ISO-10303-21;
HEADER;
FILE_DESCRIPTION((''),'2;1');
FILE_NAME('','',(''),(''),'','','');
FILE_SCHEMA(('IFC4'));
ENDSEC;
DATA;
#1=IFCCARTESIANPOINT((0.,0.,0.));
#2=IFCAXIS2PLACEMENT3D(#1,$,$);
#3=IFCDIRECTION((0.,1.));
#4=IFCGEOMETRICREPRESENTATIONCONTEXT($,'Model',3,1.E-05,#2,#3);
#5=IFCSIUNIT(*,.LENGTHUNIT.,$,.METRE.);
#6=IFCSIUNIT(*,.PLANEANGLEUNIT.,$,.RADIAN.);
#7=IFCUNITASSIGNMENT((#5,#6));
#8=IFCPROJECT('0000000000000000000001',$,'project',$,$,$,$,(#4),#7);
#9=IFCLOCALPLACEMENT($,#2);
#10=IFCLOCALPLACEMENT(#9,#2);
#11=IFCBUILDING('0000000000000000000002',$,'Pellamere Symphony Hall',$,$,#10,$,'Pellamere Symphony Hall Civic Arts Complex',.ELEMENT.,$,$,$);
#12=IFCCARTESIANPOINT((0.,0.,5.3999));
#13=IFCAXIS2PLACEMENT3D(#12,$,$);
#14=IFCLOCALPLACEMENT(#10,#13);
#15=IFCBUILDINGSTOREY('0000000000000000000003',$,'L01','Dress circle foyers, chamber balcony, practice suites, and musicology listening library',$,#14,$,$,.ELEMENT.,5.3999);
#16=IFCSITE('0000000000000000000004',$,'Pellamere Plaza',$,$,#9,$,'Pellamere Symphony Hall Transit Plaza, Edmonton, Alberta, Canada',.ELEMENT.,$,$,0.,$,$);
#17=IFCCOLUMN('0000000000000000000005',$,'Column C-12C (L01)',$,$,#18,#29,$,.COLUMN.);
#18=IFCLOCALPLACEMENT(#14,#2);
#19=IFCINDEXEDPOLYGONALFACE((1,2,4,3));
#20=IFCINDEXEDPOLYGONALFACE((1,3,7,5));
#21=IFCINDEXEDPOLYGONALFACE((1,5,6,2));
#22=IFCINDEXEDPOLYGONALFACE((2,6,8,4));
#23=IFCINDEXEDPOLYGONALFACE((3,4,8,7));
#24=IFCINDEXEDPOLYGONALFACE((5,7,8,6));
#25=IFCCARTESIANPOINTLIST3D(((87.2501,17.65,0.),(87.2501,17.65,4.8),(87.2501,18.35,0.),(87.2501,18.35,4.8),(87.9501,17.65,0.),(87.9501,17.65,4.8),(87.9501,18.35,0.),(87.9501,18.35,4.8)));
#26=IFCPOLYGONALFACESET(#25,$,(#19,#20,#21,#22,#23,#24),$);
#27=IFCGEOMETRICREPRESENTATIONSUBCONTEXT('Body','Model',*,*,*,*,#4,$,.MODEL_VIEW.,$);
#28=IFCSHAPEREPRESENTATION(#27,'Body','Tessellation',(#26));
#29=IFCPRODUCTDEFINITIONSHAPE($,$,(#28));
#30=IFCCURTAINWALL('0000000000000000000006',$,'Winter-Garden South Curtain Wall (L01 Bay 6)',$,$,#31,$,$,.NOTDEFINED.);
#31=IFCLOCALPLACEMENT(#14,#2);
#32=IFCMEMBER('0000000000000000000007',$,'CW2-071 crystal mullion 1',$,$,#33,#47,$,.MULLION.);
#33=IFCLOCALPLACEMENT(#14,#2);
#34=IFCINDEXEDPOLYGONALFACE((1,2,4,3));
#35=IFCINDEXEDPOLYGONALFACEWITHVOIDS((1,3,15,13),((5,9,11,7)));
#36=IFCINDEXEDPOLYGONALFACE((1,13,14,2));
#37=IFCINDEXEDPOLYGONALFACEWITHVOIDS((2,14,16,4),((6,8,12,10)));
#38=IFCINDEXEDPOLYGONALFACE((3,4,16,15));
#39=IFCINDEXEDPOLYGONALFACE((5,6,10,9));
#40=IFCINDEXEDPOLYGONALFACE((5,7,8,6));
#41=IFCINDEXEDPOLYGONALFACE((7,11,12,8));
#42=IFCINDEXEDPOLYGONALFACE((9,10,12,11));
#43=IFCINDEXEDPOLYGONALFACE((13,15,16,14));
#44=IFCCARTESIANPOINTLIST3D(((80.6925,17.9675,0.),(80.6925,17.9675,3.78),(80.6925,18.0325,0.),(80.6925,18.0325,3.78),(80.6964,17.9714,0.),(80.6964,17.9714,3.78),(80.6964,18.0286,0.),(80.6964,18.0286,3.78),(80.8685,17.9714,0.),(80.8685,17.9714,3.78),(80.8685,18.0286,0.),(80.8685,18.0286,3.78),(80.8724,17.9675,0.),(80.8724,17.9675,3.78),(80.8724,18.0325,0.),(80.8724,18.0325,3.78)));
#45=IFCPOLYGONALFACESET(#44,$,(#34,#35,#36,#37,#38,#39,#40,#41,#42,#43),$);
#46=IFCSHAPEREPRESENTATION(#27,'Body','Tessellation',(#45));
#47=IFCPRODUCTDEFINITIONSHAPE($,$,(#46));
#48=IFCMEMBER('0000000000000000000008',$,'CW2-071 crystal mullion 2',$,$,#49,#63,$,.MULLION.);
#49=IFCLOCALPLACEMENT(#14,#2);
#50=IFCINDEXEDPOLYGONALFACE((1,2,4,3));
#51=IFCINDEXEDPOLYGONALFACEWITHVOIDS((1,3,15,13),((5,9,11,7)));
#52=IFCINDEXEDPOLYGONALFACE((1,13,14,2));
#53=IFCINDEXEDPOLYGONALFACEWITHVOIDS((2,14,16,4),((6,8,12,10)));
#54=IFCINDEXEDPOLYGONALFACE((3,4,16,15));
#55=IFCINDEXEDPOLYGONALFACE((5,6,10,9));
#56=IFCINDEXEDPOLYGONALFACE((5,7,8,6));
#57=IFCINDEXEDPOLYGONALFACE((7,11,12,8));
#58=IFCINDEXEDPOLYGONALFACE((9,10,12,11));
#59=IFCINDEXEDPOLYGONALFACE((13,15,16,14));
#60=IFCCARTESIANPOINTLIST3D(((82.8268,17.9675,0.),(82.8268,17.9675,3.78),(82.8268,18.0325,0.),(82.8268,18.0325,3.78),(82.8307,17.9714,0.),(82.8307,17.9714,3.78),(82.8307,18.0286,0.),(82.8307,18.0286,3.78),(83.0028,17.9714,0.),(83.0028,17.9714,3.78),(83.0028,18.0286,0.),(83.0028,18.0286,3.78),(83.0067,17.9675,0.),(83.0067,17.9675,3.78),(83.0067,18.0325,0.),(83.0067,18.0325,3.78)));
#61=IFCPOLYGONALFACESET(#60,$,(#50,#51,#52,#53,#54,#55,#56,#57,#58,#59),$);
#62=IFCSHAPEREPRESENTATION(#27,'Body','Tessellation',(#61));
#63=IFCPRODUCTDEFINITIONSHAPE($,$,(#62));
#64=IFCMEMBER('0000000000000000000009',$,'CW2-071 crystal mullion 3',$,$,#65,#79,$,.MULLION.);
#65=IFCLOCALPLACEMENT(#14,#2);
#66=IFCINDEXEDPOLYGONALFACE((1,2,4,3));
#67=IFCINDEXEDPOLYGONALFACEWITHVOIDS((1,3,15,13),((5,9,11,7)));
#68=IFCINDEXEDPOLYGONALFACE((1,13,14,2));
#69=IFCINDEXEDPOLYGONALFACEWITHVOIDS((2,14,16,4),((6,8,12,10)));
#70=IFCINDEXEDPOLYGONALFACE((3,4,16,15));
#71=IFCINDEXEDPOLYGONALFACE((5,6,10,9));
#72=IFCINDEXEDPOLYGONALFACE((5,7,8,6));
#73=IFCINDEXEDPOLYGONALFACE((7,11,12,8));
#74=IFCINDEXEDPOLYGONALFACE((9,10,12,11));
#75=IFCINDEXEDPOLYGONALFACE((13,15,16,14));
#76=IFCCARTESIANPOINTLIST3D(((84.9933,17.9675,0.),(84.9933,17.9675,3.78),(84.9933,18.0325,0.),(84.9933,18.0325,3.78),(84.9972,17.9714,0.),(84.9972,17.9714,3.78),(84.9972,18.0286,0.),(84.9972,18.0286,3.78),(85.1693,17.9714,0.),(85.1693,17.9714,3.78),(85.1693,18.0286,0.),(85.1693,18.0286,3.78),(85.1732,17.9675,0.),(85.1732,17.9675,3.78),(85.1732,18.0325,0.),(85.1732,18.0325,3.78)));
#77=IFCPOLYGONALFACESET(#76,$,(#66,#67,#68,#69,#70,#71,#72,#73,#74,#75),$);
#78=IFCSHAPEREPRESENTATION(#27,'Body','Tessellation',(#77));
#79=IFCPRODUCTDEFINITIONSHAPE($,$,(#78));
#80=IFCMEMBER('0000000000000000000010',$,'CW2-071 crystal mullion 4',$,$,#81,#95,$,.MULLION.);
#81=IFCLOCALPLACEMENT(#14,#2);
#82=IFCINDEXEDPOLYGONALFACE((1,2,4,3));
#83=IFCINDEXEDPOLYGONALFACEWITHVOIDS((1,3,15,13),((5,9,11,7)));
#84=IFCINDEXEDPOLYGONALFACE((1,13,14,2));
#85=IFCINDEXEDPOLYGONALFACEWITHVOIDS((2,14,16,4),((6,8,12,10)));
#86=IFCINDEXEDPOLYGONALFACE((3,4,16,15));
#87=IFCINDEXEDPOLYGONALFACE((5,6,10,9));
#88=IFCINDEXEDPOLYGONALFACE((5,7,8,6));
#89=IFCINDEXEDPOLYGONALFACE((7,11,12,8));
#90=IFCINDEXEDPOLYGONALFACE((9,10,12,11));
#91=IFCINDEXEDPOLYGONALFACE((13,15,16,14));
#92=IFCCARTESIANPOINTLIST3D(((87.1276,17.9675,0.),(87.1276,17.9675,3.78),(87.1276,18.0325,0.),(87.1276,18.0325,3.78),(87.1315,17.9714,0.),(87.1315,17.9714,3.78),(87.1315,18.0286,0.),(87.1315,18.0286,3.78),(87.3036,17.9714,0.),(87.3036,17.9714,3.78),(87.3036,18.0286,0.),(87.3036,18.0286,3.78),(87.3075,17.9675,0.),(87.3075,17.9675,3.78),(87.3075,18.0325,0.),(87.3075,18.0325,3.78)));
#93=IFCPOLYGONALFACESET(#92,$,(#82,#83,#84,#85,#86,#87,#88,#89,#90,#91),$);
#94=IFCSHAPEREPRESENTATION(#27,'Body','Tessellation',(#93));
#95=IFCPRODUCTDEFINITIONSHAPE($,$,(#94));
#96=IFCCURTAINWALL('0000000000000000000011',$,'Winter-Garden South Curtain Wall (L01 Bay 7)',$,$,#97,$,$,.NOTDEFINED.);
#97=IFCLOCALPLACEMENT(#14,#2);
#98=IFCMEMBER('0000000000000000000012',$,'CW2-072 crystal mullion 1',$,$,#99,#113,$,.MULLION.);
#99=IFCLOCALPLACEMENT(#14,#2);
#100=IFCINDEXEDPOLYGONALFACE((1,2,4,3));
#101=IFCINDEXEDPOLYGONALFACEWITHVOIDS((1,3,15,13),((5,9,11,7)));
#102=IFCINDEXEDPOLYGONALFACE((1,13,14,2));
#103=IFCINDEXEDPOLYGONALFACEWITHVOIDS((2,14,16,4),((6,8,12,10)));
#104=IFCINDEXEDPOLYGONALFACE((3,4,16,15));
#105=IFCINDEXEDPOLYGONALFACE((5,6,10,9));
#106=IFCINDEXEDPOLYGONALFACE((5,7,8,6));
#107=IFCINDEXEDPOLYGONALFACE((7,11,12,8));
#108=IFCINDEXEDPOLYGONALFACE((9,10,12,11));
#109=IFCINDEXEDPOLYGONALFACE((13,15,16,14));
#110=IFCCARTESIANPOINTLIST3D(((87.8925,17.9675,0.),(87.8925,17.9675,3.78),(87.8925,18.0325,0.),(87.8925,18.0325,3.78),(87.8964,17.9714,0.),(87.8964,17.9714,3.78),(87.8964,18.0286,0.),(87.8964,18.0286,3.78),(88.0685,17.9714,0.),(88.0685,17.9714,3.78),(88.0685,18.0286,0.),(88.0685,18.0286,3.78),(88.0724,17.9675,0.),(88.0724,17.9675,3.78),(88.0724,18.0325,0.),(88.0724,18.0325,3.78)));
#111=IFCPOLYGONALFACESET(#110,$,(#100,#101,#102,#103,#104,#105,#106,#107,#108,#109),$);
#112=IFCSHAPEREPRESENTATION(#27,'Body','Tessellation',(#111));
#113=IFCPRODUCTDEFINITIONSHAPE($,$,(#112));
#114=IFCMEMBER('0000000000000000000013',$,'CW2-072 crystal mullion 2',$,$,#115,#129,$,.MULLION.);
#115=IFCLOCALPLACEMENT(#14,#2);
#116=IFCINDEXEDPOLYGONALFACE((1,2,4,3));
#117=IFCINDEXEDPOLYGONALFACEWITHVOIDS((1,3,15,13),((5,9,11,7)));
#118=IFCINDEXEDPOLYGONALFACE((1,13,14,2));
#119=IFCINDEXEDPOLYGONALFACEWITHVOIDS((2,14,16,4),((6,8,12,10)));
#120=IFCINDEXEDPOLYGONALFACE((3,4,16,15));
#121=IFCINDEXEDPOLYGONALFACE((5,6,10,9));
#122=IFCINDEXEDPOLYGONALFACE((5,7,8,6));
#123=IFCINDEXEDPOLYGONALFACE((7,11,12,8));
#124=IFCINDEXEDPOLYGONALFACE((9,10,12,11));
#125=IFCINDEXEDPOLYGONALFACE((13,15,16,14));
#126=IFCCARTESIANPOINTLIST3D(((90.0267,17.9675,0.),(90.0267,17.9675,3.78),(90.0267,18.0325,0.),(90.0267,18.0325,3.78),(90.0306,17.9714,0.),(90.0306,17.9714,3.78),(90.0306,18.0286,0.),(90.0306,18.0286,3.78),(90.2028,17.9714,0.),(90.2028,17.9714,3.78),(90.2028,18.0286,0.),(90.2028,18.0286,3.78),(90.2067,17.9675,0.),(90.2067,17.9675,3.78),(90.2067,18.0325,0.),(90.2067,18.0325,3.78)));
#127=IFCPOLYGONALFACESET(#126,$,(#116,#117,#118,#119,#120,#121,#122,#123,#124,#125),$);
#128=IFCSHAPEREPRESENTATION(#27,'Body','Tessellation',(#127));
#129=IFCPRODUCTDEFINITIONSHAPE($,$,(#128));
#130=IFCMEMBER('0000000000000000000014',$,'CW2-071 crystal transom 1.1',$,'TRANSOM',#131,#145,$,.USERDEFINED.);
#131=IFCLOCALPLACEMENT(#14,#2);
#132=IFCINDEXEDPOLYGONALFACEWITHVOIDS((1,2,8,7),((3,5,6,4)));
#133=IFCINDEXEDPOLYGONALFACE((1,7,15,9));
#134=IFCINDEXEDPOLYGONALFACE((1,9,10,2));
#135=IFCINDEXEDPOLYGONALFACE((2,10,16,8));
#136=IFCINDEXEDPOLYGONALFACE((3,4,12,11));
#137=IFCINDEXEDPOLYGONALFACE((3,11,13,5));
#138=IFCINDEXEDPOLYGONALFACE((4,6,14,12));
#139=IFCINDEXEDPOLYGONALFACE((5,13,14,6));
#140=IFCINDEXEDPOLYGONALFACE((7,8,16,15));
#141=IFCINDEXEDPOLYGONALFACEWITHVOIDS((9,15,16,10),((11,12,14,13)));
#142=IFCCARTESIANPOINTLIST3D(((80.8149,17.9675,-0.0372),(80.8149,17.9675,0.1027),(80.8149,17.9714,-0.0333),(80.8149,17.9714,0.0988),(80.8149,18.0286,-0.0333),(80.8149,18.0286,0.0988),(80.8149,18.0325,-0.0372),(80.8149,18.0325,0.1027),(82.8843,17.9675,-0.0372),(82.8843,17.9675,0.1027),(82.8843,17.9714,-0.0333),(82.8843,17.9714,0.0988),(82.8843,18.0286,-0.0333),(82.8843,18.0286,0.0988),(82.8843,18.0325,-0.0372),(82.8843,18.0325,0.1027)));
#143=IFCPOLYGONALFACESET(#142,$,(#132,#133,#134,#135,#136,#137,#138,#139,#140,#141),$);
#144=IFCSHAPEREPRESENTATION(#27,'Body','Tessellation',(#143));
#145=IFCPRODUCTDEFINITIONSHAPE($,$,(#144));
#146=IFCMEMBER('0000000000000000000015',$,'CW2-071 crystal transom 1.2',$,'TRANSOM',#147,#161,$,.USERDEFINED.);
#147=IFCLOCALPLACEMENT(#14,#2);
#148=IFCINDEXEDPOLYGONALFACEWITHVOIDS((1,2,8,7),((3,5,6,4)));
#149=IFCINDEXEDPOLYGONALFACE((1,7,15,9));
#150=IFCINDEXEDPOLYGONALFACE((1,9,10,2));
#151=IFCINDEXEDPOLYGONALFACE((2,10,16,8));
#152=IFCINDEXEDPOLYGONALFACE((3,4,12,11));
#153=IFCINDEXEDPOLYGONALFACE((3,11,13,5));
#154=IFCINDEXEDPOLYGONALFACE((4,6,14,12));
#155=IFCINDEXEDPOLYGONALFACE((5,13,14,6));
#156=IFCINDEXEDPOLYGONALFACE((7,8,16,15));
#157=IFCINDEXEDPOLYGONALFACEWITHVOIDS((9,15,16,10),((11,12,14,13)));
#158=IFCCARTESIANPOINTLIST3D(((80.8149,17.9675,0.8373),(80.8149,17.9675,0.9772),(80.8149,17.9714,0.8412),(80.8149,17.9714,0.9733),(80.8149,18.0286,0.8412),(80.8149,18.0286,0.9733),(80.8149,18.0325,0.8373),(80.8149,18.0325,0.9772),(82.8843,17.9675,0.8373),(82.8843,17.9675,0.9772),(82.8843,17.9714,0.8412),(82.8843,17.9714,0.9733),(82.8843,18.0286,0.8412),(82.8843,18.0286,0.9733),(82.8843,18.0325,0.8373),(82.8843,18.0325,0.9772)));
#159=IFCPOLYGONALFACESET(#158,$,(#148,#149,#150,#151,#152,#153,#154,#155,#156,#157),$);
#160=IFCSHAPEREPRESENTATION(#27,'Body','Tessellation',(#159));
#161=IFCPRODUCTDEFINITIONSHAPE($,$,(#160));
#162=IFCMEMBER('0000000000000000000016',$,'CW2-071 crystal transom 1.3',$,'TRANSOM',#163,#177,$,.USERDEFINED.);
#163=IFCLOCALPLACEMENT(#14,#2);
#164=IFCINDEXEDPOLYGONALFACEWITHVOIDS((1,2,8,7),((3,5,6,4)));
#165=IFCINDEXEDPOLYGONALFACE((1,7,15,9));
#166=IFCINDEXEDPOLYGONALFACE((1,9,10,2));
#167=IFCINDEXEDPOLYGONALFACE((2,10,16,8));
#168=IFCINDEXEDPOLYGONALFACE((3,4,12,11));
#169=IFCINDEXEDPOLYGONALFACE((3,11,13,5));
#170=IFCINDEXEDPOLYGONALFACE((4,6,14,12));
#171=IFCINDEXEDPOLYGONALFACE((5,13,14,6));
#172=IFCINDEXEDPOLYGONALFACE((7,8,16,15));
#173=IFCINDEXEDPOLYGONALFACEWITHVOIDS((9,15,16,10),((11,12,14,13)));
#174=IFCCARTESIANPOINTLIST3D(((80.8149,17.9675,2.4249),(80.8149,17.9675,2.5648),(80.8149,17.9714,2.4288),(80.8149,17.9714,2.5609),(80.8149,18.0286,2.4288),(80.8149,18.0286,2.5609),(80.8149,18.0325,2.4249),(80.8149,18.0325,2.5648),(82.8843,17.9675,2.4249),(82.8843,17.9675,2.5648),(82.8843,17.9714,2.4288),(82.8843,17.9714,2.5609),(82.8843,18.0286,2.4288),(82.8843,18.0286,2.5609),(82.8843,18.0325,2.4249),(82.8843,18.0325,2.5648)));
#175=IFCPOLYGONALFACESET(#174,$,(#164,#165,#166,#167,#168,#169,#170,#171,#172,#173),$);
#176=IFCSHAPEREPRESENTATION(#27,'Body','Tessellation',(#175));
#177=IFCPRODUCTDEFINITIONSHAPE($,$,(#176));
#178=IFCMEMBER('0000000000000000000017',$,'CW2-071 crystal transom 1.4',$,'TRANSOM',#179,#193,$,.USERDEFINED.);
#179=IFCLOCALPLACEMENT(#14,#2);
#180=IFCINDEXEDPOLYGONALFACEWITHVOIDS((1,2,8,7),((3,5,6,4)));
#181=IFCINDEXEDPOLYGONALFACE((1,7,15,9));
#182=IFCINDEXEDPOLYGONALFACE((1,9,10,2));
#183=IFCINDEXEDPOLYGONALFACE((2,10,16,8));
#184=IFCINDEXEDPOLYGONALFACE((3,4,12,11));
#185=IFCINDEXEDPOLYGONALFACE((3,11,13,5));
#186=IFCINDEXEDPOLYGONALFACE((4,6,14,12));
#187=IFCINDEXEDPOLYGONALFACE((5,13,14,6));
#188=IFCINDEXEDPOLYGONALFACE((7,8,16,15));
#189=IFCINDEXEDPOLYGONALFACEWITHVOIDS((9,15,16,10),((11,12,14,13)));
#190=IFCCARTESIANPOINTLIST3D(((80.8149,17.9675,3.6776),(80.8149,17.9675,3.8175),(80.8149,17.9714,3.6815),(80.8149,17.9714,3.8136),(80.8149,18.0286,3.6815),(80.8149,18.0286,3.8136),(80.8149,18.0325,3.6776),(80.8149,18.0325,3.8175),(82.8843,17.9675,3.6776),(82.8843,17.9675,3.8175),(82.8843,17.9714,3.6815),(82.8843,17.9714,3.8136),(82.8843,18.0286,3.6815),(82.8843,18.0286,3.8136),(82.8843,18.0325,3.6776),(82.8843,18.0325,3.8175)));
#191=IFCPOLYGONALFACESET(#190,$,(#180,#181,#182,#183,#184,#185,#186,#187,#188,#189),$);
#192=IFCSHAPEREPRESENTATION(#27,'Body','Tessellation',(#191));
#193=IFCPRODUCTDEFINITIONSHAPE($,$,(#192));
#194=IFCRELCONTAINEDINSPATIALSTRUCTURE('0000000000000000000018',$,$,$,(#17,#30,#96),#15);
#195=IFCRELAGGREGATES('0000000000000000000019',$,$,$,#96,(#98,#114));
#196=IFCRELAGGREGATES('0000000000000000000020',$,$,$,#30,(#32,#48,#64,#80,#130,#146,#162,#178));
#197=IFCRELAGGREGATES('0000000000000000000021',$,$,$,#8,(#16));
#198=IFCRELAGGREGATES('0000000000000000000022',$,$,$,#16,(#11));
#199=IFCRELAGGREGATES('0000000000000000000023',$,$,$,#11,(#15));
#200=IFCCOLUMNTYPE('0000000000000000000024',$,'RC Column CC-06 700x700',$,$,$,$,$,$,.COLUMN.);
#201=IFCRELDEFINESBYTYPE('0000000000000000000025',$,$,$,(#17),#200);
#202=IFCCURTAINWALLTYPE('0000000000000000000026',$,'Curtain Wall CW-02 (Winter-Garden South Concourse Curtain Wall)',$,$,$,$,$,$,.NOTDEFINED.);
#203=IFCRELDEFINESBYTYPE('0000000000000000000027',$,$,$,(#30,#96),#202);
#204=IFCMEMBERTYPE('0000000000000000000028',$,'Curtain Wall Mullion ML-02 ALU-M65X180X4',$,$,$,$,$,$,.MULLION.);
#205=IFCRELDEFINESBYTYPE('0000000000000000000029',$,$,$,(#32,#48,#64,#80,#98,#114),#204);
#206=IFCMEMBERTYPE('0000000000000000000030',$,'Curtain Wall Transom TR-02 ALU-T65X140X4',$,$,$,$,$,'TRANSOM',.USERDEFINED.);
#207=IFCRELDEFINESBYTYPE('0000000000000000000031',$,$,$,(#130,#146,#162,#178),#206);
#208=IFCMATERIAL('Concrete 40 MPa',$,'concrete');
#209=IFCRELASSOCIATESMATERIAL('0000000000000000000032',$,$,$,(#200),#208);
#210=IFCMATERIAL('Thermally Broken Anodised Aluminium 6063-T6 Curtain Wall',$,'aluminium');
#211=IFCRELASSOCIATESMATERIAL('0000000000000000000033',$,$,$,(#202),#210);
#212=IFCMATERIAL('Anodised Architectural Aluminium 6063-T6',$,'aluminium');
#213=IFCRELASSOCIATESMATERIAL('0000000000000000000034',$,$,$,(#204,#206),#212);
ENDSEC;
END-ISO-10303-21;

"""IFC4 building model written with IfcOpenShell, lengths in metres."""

from ifc_helpers import new_model, si_unit, direction, frame, origin, origin_2d, place, context, subcontext, project, spatial, rectangle, hollow_rectangle, extrude, material, material_profile, profile_set, type_object, element, aggregate, save


model = new_model("IFC4")

# Units and contexts
model_context = context("Model", 3, precision=1e-05, world=origin(), true_north=direction((0.0, 1.0)))
body_context = subcontext(model_context, "Body", "Model", "MODEL_VIEW")
ifc_project = project(units=[si_unit("LENGTHUNIT", "METRE"), si_unit("PLANEANGLEUNIT", "RADIAN")], contexts=[model_context])

# Site, building, storey
site_placement = place(None, origin())
site = spatial("IfcSite", under=ifc_project, at=site_placement, Name="Pellamere Plaza", LongName="Pellamere Symphony Hall Transit Plaza, Edmonton, Alberta, Canada", CompositionType="ELEMENT", RefElevation=0.0)
building_placement = place(site_placement, origin())
building = spatial("IfcBuilding", under=site, at=building_placement, Name="Pellamere Symphony Hall", LongName="Pellamere Symphony Hall Civic Arts Complex", CompositionType="ELEMENT")
storey_placement = place(building_placement, frame((0.0, 0.0, 5.3999)))
storey = spatial("IfcBuildingStorey", under=building, at=storey_placement, Name="L01", Description="Dress circle foyers, chamber balcony, practice suites, and musicology listening library", CompositionType="ELEMENT", Elevation=5.3999)

# Column
ifc_material_1 = material(Name="Concrete 40 MPa", Category="concrete")
ifc_material_profile_1 = material_profile(ifc_material_1, rectangle(XDim=0.7, YDim=0.7, at=origin_2d()), Name="RC 700x700")
ifc_profile_set_1 = profile_set([ifc_material_profile_1], Name="Concrete 40 MPa")
column_type = type_object("IfcColumnType", Name="RC Column CC-06 700x700", PredefinedType="COLUMN", material=ifc_profile_set_1)
column_placement = place(storey_placement, frame((87.6001, 18.0, 0.0), z_axis=(0.0, 0.0, 1.0), x_axis=(1.0, 0.0, 0.0)))
element("IfcColumn", 1, at=column_placement, inside=storey, type_object=column_type, Name="Column C-12C (L01)", PredefinedType="COLUMN", context=body_context, shape_type="SweptSolid", body=[
    extrude(rectangle(XDim=0.7, YDim=0.7, at=origin_2d()), origin(), (0.0, 0.0, 1.0), 4.8),
])

# Curtain walls, members
ifc_material_2 = material(Name="Thermally Broken Anodised Aluminium 6063-T6 Curtain Wall", Category="aluminium")
curtain_wall_type = type_object("IfcCurtainWallType", Name="Curtain Wall CW-02 (Winter-Garden South Concourse Curtain Wall)", PredefinedType="NOTDEFINED", material=ifc_material_2)
curtain_wall_1_placement = place(storey_placement, origin())
curtain_wall_1 = element("IfcCurtainWall", 2, at=curtain_wall_1_placement, inside=storey, type_object=curtain_wall_type, Name="Winter-Garden South Curtain Wall (L01 Bay 6)", PredefinedType="NOTDEFINED")
ifc_material_3 = material(Name="Anodised Architectural Aluminium 6063-T6", Category="aluminium")
ifc_material_profile_2 = material_profile(ifc_material_3, hollow_rectangle(XDim=0.0649, YDim=0.1799, WallThickness=0.0039, at=origin_2d()), Name="ALU-M65X180X4")
ifc_profile_set_2 = profile_set([ifc_material_profile_2], Name="Anodised Architectural Aluminium 6063-T6")
member_type_1 = type_object("IfcMemberType", Name="Curtain Wall Mullion ML-02 ALU-M65X180X4", PredefinedType="MULLION", material=ifc_profile_set_2)
member_1_placement = place(storey_placement, frame((80.7825, 18.0, 0.0), z_axis=(0.0, 0.0, 1.0), x_axis=(0.0, 1.0, 0.0)))
member_1 = element("IfcMember", 3, at=member_1_placement, type_object=member_type_1, Name="CW2-071 crystal mullion 1", PredefinedType="MULLION", context=body_context, shape_type="SweptSolid", body=[
    extrude(hollow_rectangle(XDim=0.0649, YDim=0.1799, WallThickness=0.0039, at=origin_2d()), origin(), (0.0, 0.0, 1.0), 3.78),
])
member_2_placement = place(storey_placement, frame((82.9167, 18.0, 0.0), z_axis=(0.0, 0.0, 1.0), x_axis=(0.0, 1.0, 0.0)))
member_2 = element("IfcMember", 4, at=member_2_placement, type_object=member_type_1, Name="CW2-071 crystal mullion 2", PredefinedType="MULLION", context=body_context, shape_type="SweptSolid", body=[
    extrude(hollow_rectangle(XDim=0.0649, YDim=0.1799, WallThickness=0.0039, at=origin_2d()), origin(), (0.0, 0.0, 1.0), 3.78),
])
member_3_placement = place(storey_placement, frame((85.0833, 18.0, 0.0), z_axis=(0.0, 0.0, 1.0), x_axis=(0.0, 1.0, 0.0)))
member_3 = element("IfcMember", 5, at=member_3_placement, type_object=member_type_1, Name="CW2-071 crystal mullion 3", PredefinedType="MULLION", context=body_context, shape_type="SweptSolid", body=[
    extrude(hollow_rectangle(XDim=0.0649, YDim=0.1799, WallThickness=0.0039, at=origin_2d()), origin(), (0.0, 0.0, 1.0), 3.78),
])
member_4_placement = place(storey_placement, frame((87.2175, 18.0, 0.0), z_axis=(0.0, 0.0, 1.0), x_axis=(0.0, 1.0, 0.0)))
member_4 = element("IfcMember", 6, at=member_4_placement, type_object=member_type_1, Name="CW2-071 crystal mullion 4", PredefinedType="MULLION", context=body_context, shape_type="SweptSolid", body=[
    extrude(hollow_rectangle(XDim=0.0649, YDim=0.1799, WallThickness=0.0039, at=origin_2d()), origin(), (0.0, 0.0, 1.0), 3.78),
])
curtain_wall_2_placement = place(storey_placement, origin())
curtain_wall_2 = element("IfcCurtainWall", 7, at=curtain_wall_2_placement, inside=storey, type_object=curtain_wall_type, Name="Winter-Garden South Curtain Wall (L01 Bay 7)", PredefinedType="NOTDEFINED")
member_5_placement = place(storey_placement, frame((87.9824, 18.0, 0.0), z_axis=(0.0, 0.0, 1.0), x_axis=(0.0, 1.0, 0.0)))
member_5 = element("IfcMember", 8, at=member_5_placement, type_object=member_type_1, Name="CW2-072 crystal mullion 1", PredefinedType="MULLION", context=body_context, shape_type="SweptSolid", body=[
    extrude(hollow_rectangle(XDim=0.0649, YDim=0.1799, WallThickness=0.0039, at=origin_2d()), origin(), (0.0, 0.0, 1.0), 3.78),
])
member_6_placement = place(storey_placement, frame((90.1167, 18.0, 0.0), z_axis=(0.0, 0.0, 1.0), x_axis=(0.0, 1.0, 0.0)))
member_6 = element("IfcMember", 9, at=member_6_placement, type_object=member_type_1, Name="CW2-072 crystal mullion 2", PredefinedType="MULLION", context=body_context, shape_type="SweptSolid", body=[
    extrude(hollow_rectangle(XDim=0.0649, YDim=0.1799, WallThickness=0.0039, at=origin_2d()), origin(), (0.0, 0.0, 1.0), 3.78),
])

# Members
ifc_material_profile_3 = material_profile(ifc_material_3, hollow_rectangle(XDim=0.0649, YDim=0.1399, WallThickness=0.0039, at=origin_2d()), Name="ALU-T65X140X4")
ifc_profile_set_3 = profile_set([ifc_material_profile_3], Name="Anodised Architectural Aluminium 6063-T6")
member_type_2 = type_object("IfcMemberType", Name="Curtain Wall Transom TR-02 ALU-T65X140X4", ElementType="TRANSOM", PredefinedType="USERDEFINED", material=ifc_profile_set_3)
member_7_placement = place(storey_placement, frame((80.8149, 18.0, 0.0327), z_axis=(1.0, 0.0, 0.0), x_axis=(0.0, 1.0, 0.0)))
member_7 = element("IfcMember", 10, at=member_7_placement, type_object=member_type_2, Name="CW2-071 crystal transom 1.1", ObjectType="TRANSOM", PredefinedType="USERDEFINED", context=body_context, shape_type="SweptSolid", body=[
    extrude(hollow_rectangle(XDim=0.0649, YDim=0.1399, WallThickness=0.0039, at=origin_2d()), origin(), (0.0, 0.0, 1.0), 2.0693),
])
member_8_placement = place(storey_placement, frame((80.8149, 18.0, 0.9072), z_axis=(1.0, 0.0, 0.0), x_axis=(0.0, 1.0, 0.0)))
member_8 = element("IfcMember", 11, at=member_8_placement, type_object=member_type_2, Name="CW2-071 crystal transom 1.2", ObjectType="TRANSOM", PredefinedType="USERDEFINED", context=body_context, shape_type="SweptSolid", body=[
    extrude(hollow_rectangle(XDim=0.0649, YDim=0.1399, WallThickness=0.0039, at=origin_2d()), origin(), (0.0, 0.0, 1.0), 2.0693),
])
member_9_placement = place(storey_placement, frame((80.8149, 18.0, 2.4949), z_axis=(1.0, 0.0, 0.0), x_axis=(0.0, 1.0, 0.0)))
member_9 = element("IfcMember", 12, at=member_9_placement, type_object=member_type_2, Name="CW2-071 crystal transom 1.3", ObjectType="TRANSOM", PredefinedType="USERDEFINED", context=body_context, shape_type="SweptSolid", body=[
    extrude(hollow_rectangle(XDim=0.0649, YDim=0.1399, WallThickness=0.0039, at=origin_2d()), origin(), (0.0, 0.0, 1.0), 2.0693),
])
member_10_placement = place(storey_placement, frame((80.8149, 18.0, 3.7476), z_axis=(1.0, 0.0, 0.0), x_axis=(0.0, 1.0, 0.0)))
member_10 = element("IfcMember", 13, at=member_10_placement, type_object=member_type_2, Name="CW2-071 crystal transom 1.4", ObjectType="TRANSOM", PredefinedType="USERDEFINED", context=body_context, shape_type="SweptSolid", body=[
    extrude(hollow_rectangle(XDim=0.0649, YDim=0.1399, WallThickness=0.0039, at=origin_2d()), origin(), (0.0, 0.0, 1.0), 2.0693),
])

aggregate(curtain_wall_2, [member_5, member_6])
aggregate(curtain_wall_1, [member_1, member_2, member_3, member_4, member_7, member_8, member_9, member_10])

save(model, "model.ifc")
